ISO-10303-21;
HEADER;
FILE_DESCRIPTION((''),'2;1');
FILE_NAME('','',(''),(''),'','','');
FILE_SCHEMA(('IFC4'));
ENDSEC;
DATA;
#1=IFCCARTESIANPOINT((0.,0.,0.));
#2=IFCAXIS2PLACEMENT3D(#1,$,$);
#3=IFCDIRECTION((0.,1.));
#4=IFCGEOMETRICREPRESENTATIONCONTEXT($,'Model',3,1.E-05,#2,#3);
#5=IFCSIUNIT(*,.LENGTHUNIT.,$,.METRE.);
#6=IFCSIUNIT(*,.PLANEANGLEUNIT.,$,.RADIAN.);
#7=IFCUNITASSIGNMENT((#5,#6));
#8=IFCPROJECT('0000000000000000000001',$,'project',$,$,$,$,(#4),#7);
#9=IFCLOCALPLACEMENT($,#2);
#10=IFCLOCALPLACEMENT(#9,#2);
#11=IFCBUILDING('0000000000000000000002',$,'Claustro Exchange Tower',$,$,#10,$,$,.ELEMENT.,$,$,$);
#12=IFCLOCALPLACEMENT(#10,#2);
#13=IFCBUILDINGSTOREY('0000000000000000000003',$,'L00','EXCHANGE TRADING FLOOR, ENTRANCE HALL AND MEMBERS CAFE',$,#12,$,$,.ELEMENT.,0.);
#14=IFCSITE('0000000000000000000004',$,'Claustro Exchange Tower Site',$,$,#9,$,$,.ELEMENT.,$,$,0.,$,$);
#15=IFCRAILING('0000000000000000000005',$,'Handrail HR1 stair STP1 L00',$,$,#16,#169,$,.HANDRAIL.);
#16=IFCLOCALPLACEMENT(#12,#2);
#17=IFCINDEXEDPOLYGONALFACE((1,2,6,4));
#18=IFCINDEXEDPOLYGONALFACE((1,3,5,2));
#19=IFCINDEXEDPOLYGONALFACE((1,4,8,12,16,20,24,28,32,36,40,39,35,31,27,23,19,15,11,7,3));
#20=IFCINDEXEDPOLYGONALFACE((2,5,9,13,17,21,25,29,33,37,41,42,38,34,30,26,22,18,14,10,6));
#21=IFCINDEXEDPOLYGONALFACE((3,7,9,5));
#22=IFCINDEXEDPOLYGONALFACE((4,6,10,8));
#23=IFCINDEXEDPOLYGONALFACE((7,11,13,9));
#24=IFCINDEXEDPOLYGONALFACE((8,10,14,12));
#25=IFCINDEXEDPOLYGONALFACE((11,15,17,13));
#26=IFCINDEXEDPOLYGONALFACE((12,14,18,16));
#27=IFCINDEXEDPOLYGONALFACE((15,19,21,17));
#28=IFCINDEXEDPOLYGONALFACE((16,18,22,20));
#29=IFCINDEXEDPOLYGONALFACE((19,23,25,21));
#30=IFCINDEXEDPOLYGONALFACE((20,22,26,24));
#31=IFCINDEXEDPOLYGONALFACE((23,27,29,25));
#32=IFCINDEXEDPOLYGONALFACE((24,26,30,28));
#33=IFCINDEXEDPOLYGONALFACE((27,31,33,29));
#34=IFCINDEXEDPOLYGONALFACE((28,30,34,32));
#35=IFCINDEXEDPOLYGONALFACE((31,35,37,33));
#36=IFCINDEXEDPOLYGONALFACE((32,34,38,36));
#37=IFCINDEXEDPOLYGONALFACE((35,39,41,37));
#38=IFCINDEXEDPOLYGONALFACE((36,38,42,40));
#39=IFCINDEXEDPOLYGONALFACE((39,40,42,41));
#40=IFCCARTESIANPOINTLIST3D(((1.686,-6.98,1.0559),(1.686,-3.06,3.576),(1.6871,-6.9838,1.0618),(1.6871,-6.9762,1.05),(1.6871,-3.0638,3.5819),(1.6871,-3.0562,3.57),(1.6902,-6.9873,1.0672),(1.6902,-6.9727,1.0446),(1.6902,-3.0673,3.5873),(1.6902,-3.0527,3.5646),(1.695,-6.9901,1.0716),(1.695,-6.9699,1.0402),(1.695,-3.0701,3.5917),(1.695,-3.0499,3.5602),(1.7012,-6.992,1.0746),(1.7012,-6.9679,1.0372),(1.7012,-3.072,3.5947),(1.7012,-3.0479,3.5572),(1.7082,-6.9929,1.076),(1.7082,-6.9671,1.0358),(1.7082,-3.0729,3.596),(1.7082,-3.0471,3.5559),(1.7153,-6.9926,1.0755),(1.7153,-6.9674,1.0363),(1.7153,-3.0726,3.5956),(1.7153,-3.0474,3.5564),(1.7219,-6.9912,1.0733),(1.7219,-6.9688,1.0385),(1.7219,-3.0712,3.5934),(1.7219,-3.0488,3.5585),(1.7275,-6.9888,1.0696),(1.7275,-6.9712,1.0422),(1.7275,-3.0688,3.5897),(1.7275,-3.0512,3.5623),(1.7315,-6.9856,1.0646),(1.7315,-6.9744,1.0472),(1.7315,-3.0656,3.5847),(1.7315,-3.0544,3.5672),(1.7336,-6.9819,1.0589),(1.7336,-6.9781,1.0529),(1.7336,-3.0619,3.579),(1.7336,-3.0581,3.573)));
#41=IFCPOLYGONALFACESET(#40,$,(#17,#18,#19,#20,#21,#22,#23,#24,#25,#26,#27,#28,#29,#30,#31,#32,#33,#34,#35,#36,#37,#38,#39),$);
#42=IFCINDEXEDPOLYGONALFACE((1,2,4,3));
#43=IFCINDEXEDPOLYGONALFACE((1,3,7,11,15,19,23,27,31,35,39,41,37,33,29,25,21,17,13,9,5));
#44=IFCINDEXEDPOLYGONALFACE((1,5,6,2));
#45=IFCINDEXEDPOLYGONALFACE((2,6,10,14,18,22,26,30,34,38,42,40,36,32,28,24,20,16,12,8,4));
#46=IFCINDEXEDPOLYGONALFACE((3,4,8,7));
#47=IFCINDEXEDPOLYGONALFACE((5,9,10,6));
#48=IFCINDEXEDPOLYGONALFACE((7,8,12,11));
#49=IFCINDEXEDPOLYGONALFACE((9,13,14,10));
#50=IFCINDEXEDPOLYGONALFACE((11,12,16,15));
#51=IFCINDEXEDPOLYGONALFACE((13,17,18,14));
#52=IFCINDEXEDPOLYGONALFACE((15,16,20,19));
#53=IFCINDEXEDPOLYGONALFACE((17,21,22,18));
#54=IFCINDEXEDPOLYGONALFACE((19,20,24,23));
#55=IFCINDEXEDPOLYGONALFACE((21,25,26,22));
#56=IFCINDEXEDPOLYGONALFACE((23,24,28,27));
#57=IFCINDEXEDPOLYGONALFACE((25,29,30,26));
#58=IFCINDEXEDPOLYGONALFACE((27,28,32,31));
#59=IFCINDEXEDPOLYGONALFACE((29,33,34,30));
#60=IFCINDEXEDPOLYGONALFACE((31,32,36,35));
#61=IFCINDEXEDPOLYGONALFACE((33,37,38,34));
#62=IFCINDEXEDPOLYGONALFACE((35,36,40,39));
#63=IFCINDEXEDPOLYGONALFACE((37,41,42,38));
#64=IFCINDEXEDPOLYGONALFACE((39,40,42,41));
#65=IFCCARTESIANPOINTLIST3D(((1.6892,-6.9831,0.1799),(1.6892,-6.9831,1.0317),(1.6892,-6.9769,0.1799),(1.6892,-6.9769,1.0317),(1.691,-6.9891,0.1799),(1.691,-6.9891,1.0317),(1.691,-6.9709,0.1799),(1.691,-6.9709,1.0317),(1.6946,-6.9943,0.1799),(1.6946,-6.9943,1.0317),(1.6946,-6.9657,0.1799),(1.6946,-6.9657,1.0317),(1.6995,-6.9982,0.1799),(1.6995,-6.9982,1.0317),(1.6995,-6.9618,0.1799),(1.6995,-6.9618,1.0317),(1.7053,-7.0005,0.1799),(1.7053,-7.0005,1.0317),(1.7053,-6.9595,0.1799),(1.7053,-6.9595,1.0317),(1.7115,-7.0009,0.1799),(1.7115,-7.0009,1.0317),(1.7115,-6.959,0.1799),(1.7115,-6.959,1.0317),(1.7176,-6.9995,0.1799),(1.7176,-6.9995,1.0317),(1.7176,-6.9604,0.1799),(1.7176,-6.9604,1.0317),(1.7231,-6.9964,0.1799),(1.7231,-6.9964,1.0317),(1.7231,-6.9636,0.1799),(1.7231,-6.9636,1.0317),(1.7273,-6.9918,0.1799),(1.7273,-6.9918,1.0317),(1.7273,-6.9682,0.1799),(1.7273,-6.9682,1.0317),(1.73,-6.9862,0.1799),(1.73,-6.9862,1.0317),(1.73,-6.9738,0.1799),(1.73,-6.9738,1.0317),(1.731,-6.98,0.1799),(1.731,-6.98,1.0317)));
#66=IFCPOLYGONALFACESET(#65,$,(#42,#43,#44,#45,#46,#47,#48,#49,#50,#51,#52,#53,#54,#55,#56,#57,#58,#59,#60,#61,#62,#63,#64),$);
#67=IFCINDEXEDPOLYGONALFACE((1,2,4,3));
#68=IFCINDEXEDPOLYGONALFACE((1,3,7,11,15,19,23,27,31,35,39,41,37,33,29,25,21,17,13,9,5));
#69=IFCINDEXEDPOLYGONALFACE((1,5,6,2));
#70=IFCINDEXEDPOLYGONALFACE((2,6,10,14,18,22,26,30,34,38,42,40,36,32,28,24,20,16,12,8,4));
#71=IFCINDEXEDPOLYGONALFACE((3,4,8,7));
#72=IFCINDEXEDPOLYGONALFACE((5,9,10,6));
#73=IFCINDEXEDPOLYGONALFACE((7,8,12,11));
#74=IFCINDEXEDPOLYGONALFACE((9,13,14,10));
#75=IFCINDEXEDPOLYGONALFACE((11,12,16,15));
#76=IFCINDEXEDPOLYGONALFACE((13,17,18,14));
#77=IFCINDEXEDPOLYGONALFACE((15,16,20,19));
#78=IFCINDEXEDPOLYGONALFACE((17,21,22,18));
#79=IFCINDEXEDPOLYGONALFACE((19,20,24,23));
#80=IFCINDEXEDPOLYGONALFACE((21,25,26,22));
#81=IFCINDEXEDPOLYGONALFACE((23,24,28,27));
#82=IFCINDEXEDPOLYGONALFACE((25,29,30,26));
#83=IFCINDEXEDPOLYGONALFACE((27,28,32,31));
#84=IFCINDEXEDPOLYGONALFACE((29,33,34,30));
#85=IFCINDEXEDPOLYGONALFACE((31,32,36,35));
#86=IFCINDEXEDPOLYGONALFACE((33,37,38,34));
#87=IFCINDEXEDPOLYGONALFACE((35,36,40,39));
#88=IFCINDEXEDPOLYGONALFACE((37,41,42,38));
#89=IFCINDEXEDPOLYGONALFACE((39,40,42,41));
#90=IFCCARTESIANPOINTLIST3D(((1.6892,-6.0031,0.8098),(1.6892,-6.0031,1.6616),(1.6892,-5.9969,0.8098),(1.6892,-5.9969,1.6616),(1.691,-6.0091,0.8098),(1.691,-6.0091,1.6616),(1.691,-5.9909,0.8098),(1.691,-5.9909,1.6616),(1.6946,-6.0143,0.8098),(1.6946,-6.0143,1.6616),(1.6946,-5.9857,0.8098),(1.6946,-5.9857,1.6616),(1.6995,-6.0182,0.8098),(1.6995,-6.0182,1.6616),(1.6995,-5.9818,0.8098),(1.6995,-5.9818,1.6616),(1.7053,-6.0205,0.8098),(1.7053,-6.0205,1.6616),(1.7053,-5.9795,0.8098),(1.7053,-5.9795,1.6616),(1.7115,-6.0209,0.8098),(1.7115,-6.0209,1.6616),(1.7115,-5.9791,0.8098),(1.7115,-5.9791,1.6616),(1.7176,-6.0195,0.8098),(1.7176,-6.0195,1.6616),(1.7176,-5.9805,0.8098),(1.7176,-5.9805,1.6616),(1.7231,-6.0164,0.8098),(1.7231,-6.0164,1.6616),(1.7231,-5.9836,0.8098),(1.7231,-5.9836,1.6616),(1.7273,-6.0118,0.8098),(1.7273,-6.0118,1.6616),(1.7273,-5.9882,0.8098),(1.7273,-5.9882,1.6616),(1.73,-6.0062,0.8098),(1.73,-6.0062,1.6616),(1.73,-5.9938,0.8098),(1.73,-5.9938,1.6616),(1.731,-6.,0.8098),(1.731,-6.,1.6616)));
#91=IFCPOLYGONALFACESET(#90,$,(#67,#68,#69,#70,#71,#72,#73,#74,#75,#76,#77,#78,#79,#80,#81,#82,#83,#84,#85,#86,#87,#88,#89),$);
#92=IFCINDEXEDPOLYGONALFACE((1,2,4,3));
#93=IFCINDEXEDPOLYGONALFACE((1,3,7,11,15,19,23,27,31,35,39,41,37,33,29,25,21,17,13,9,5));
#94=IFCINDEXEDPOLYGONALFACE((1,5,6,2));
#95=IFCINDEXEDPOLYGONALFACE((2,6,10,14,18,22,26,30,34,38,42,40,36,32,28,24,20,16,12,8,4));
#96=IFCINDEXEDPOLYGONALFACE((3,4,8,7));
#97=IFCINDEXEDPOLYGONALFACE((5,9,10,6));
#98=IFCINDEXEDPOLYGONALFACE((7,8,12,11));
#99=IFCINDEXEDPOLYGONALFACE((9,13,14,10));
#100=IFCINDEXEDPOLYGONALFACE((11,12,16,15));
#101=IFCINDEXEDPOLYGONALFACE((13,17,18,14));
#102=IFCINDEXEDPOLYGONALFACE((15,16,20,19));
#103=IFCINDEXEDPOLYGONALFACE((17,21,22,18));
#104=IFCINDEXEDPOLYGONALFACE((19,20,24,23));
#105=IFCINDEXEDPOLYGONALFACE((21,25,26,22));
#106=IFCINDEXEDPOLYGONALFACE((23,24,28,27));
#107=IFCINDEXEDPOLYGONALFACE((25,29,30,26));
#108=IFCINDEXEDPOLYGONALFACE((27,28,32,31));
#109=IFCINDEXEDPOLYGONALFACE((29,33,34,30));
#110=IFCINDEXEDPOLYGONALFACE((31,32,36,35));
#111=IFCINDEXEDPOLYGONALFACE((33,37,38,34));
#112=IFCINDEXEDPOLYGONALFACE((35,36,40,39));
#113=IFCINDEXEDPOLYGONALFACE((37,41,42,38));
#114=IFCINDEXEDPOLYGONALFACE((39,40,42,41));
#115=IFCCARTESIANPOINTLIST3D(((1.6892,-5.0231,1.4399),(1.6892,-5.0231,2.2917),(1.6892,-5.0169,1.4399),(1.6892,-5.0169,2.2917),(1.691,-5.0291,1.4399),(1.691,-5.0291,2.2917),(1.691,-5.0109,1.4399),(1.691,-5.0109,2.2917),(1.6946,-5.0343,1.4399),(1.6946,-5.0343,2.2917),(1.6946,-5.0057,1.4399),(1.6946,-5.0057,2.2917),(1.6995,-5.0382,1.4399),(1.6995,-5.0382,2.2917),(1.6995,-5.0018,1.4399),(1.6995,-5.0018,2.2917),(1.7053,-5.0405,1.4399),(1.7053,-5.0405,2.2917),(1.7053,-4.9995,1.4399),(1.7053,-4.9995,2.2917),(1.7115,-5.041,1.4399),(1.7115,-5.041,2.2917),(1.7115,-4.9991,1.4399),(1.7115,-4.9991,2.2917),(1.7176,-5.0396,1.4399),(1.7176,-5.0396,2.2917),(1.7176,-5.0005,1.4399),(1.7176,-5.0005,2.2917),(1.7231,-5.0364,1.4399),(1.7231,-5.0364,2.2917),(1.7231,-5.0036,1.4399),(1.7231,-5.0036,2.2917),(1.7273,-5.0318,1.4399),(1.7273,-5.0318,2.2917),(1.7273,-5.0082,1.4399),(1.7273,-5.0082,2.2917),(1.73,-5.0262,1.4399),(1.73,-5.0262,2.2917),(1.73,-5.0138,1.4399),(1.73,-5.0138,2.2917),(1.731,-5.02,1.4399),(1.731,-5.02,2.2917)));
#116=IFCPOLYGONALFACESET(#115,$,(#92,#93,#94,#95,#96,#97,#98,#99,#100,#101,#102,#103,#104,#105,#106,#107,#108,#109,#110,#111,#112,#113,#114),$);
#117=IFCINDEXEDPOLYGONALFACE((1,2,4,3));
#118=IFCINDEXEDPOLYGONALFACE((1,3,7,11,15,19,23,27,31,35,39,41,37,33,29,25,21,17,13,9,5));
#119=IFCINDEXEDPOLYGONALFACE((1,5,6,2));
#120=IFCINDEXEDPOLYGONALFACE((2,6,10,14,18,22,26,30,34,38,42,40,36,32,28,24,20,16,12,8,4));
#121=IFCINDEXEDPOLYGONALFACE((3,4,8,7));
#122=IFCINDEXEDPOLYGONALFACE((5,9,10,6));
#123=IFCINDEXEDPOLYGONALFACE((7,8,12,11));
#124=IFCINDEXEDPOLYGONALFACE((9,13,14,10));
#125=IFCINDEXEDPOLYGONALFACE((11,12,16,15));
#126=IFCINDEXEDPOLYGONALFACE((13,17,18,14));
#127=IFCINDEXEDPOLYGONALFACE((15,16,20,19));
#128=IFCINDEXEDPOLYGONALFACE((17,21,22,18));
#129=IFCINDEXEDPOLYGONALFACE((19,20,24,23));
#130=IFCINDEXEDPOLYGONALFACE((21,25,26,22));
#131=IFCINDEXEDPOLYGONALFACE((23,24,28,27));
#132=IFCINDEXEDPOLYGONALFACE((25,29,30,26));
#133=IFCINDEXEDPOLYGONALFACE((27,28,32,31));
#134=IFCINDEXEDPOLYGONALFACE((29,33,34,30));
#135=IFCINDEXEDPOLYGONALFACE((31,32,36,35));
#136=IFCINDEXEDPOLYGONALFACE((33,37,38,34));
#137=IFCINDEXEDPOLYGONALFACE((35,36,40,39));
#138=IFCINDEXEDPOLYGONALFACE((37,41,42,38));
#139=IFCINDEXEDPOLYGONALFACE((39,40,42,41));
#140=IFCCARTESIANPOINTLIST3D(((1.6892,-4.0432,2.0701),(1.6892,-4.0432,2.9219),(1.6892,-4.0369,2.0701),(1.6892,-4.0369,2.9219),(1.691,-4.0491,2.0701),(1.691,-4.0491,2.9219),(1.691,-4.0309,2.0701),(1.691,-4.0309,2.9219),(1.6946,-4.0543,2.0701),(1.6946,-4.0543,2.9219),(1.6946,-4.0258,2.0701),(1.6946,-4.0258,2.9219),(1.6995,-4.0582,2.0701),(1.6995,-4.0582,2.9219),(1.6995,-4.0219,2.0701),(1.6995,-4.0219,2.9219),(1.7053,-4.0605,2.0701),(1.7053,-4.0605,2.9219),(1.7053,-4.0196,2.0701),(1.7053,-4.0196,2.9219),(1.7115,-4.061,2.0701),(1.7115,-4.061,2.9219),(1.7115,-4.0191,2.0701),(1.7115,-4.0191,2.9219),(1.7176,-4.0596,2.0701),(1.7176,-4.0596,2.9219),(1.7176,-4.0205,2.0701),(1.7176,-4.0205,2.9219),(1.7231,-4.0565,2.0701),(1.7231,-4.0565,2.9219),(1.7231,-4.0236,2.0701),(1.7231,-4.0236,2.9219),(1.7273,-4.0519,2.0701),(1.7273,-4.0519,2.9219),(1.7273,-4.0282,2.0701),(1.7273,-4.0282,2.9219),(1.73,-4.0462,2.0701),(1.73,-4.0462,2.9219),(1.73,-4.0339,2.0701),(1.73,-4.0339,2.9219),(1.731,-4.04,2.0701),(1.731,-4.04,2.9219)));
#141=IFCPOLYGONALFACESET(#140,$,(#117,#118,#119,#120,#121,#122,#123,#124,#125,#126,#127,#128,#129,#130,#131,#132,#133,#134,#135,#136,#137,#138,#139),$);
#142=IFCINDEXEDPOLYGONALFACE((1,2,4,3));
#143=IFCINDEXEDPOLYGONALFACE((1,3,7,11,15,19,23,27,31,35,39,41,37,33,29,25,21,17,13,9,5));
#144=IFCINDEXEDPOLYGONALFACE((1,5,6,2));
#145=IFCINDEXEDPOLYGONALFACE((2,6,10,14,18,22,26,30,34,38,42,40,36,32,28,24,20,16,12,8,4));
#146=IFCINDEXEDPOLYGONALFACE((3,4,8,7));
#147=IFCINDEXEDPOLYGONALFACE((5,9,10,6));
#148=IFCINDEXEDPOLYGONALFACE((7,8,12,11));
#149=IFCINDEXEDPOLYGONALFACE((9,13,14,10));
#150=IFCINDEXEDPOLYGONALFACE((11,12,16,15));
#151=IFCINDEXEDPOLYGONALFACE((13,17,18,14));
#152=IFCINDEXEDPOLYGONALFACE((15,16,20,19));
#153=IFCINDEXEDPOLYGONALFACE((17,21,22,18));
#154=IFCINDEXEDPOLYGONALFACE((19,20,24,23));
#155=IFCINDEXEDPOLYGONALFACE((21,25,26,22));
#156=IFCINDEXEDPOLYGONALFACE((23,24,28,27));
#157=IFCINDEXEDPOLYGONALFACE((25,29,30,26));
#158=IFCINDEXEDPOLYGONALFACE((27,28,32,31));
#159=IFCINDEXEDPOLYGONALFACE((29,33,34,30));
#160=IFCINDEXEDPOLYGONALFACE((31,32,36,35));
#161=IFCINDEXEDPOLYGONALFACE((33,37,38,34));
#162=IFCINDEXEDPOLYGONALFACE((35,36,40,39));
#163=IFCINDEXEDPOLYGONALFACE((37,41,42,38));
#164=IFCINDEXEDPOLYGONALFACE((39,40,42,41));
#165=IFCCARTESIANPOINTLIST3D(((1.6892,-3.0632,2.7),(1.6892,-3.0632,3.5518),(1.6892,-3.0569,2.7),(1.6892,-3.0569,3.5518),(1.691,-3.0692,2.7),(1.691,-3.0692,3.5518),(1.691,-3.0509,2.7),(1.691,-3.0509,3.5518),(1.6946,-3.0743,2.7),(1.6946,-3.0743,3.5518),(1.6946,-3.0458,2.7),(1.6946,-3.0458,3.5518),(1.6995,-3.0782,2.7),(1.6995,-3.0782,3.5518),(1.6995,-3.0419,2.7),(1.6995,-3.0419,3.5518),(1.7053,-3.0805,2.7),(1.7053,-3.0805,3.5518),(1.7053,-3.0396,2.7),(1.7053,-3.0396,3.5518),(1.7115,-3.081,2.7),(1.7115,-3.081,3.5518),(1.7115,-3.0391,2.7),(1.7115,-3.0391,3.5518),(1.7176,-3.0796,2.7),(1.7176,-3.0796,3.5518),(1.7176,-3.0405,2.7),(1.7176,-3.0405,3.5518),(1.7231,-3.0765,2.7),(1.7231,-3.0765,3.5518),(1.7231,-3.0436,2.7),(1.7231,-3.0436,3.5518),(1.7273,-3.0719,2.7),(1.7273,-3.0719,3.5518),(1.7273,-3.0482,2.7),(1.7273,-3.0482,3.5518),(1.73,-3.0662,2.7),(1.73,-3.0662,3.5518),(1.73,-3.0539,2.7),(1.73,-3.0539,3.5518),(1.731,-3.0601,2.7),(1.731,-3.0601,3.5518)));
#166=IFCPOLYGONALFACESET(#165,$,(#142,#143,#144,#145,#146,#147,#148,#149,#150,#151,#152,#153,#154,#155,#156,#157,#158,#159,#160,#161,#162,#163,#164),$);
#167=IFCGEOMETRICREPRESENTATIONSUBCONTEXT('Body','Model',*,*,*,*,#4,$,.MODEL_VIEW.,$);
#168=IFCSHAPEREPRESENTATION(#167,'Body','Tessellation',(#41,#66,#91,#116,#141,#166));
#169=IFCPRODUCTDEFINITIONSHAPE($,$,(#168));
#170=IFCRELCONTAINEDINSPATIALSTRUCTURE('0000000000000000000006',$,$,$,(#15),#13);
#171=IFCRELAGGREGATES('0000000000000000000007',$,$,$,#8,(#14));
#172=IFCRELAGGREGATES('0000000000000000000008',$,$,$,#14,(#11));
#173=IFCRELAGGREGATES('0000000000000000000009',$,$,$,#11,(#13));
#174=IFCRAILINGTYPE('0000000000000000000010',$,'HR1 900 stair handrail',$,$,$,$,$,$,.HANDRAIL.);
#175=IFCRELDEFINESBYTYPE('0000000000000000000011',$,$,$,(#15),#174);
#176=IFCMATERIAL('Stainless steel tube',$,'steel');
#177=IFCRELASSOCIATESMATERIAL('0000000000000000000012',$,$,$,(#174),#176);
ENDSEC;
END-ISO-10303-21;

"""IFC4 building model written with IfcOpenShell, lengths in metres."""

from ifc_helpers import new_model, si_unit, direction, frame, origin, origin_2d, place, context, subcontext, project, spatial, circle, extrude, material, type_object, element, save


model = new_model("IFC4")

# Units and contexts
model_context = context("Model", 3, precision=1e-05, world=origin(), true_north=direction((0.0, 1.0)))
body_context = subcontext(model_context, "Body", "Model", "MODEL_VIEW")
ifc_project = project(units=[si_unit("LENGTHUNIT", "METRE"), si_unit("PLANEANGLEUNIT", "RADIAN")], contexts=[model_context])

# Site, building, storey
site_placement = place(None, origin())
site = spatial("IfcSite", under=ifc_project, at=site_placement, Name="Claustro Exchange Tower Site", CompositionType="ELEMENT", RefElevation=0.0)
building_placement = place(site_placement, origin())
building = spatial("IfcBuilding", under=site, at=building_placement, Name="Claustro Exchange Tower", CompositionType="ELEMENT")
storey_placement = place(building_placement, origin())
storey = spatial("IfcBuildingStorey", under=building, at=storey_placement, Name="L00", Description="EXCHANGE TRADING FLOOR, ENTRANCE HALL AND MEMBERS CAFE", CompositionType="ELEMENT", Elevation=0.0)

# Railing
ifc_material_1 = material(Name="Stainless steel tube", Category="steel")
railing_type_1 = type_object("IfcRailingType", Name="HR1 900 stair handrail", PredefinedType="HANDRAIL", material=ifc_material_1)
railing_1_placement = place(storey_placement, frame((1.71, -6.98, 0.1799)))
element("IfcRailing", 1, at=railing_1_placement, inside=storey, type_object=railing_type_1, Name="Handrail HR1 stair STP1 L00", PredefinedType="HANDRAIL", context=body_context, shape_type="SweptSolid", body=[
    extrude(circle(Radius=0.0239, at=origin_2d()), frame((0.0, 0.0, 0.876), z_axis=(0.0, 0.841172, 0.540768), x_axis=(-1.0, 0.0, 0.0)), (0.0, 0.0, 1.0), 4.6602),
    extrude(circle(Radius=0.021, at=origin_2d()), origin(), (0.0, 0.0, 1.0), 0.8518),
    extrude(circle(Radius=0.021, at=origin_2d()), frame((0.0, 0.98, 0.6299)), (0.0, 0.0, 1.0), 0.8518),
    extrude(circle(Radius=0.021, at=origin_2d()), frame((0.0, 1.96, 1.26)), (0.0, 0.0, 1.0), 0.8518),
    extrude(circle(Radius=0.021, at=origin_2d()), frame((0.0, 2.9399, 1.8901)), (0.0, 0.0, 1.0), 0.8518),
    extrude(circle(Radius=0.021, at=origin_2d()), frame((0.0, 3.9199, 2.52)), (0.0, 0.0, 1.0), 0.8518),
])

save(model, "model.ifc")
